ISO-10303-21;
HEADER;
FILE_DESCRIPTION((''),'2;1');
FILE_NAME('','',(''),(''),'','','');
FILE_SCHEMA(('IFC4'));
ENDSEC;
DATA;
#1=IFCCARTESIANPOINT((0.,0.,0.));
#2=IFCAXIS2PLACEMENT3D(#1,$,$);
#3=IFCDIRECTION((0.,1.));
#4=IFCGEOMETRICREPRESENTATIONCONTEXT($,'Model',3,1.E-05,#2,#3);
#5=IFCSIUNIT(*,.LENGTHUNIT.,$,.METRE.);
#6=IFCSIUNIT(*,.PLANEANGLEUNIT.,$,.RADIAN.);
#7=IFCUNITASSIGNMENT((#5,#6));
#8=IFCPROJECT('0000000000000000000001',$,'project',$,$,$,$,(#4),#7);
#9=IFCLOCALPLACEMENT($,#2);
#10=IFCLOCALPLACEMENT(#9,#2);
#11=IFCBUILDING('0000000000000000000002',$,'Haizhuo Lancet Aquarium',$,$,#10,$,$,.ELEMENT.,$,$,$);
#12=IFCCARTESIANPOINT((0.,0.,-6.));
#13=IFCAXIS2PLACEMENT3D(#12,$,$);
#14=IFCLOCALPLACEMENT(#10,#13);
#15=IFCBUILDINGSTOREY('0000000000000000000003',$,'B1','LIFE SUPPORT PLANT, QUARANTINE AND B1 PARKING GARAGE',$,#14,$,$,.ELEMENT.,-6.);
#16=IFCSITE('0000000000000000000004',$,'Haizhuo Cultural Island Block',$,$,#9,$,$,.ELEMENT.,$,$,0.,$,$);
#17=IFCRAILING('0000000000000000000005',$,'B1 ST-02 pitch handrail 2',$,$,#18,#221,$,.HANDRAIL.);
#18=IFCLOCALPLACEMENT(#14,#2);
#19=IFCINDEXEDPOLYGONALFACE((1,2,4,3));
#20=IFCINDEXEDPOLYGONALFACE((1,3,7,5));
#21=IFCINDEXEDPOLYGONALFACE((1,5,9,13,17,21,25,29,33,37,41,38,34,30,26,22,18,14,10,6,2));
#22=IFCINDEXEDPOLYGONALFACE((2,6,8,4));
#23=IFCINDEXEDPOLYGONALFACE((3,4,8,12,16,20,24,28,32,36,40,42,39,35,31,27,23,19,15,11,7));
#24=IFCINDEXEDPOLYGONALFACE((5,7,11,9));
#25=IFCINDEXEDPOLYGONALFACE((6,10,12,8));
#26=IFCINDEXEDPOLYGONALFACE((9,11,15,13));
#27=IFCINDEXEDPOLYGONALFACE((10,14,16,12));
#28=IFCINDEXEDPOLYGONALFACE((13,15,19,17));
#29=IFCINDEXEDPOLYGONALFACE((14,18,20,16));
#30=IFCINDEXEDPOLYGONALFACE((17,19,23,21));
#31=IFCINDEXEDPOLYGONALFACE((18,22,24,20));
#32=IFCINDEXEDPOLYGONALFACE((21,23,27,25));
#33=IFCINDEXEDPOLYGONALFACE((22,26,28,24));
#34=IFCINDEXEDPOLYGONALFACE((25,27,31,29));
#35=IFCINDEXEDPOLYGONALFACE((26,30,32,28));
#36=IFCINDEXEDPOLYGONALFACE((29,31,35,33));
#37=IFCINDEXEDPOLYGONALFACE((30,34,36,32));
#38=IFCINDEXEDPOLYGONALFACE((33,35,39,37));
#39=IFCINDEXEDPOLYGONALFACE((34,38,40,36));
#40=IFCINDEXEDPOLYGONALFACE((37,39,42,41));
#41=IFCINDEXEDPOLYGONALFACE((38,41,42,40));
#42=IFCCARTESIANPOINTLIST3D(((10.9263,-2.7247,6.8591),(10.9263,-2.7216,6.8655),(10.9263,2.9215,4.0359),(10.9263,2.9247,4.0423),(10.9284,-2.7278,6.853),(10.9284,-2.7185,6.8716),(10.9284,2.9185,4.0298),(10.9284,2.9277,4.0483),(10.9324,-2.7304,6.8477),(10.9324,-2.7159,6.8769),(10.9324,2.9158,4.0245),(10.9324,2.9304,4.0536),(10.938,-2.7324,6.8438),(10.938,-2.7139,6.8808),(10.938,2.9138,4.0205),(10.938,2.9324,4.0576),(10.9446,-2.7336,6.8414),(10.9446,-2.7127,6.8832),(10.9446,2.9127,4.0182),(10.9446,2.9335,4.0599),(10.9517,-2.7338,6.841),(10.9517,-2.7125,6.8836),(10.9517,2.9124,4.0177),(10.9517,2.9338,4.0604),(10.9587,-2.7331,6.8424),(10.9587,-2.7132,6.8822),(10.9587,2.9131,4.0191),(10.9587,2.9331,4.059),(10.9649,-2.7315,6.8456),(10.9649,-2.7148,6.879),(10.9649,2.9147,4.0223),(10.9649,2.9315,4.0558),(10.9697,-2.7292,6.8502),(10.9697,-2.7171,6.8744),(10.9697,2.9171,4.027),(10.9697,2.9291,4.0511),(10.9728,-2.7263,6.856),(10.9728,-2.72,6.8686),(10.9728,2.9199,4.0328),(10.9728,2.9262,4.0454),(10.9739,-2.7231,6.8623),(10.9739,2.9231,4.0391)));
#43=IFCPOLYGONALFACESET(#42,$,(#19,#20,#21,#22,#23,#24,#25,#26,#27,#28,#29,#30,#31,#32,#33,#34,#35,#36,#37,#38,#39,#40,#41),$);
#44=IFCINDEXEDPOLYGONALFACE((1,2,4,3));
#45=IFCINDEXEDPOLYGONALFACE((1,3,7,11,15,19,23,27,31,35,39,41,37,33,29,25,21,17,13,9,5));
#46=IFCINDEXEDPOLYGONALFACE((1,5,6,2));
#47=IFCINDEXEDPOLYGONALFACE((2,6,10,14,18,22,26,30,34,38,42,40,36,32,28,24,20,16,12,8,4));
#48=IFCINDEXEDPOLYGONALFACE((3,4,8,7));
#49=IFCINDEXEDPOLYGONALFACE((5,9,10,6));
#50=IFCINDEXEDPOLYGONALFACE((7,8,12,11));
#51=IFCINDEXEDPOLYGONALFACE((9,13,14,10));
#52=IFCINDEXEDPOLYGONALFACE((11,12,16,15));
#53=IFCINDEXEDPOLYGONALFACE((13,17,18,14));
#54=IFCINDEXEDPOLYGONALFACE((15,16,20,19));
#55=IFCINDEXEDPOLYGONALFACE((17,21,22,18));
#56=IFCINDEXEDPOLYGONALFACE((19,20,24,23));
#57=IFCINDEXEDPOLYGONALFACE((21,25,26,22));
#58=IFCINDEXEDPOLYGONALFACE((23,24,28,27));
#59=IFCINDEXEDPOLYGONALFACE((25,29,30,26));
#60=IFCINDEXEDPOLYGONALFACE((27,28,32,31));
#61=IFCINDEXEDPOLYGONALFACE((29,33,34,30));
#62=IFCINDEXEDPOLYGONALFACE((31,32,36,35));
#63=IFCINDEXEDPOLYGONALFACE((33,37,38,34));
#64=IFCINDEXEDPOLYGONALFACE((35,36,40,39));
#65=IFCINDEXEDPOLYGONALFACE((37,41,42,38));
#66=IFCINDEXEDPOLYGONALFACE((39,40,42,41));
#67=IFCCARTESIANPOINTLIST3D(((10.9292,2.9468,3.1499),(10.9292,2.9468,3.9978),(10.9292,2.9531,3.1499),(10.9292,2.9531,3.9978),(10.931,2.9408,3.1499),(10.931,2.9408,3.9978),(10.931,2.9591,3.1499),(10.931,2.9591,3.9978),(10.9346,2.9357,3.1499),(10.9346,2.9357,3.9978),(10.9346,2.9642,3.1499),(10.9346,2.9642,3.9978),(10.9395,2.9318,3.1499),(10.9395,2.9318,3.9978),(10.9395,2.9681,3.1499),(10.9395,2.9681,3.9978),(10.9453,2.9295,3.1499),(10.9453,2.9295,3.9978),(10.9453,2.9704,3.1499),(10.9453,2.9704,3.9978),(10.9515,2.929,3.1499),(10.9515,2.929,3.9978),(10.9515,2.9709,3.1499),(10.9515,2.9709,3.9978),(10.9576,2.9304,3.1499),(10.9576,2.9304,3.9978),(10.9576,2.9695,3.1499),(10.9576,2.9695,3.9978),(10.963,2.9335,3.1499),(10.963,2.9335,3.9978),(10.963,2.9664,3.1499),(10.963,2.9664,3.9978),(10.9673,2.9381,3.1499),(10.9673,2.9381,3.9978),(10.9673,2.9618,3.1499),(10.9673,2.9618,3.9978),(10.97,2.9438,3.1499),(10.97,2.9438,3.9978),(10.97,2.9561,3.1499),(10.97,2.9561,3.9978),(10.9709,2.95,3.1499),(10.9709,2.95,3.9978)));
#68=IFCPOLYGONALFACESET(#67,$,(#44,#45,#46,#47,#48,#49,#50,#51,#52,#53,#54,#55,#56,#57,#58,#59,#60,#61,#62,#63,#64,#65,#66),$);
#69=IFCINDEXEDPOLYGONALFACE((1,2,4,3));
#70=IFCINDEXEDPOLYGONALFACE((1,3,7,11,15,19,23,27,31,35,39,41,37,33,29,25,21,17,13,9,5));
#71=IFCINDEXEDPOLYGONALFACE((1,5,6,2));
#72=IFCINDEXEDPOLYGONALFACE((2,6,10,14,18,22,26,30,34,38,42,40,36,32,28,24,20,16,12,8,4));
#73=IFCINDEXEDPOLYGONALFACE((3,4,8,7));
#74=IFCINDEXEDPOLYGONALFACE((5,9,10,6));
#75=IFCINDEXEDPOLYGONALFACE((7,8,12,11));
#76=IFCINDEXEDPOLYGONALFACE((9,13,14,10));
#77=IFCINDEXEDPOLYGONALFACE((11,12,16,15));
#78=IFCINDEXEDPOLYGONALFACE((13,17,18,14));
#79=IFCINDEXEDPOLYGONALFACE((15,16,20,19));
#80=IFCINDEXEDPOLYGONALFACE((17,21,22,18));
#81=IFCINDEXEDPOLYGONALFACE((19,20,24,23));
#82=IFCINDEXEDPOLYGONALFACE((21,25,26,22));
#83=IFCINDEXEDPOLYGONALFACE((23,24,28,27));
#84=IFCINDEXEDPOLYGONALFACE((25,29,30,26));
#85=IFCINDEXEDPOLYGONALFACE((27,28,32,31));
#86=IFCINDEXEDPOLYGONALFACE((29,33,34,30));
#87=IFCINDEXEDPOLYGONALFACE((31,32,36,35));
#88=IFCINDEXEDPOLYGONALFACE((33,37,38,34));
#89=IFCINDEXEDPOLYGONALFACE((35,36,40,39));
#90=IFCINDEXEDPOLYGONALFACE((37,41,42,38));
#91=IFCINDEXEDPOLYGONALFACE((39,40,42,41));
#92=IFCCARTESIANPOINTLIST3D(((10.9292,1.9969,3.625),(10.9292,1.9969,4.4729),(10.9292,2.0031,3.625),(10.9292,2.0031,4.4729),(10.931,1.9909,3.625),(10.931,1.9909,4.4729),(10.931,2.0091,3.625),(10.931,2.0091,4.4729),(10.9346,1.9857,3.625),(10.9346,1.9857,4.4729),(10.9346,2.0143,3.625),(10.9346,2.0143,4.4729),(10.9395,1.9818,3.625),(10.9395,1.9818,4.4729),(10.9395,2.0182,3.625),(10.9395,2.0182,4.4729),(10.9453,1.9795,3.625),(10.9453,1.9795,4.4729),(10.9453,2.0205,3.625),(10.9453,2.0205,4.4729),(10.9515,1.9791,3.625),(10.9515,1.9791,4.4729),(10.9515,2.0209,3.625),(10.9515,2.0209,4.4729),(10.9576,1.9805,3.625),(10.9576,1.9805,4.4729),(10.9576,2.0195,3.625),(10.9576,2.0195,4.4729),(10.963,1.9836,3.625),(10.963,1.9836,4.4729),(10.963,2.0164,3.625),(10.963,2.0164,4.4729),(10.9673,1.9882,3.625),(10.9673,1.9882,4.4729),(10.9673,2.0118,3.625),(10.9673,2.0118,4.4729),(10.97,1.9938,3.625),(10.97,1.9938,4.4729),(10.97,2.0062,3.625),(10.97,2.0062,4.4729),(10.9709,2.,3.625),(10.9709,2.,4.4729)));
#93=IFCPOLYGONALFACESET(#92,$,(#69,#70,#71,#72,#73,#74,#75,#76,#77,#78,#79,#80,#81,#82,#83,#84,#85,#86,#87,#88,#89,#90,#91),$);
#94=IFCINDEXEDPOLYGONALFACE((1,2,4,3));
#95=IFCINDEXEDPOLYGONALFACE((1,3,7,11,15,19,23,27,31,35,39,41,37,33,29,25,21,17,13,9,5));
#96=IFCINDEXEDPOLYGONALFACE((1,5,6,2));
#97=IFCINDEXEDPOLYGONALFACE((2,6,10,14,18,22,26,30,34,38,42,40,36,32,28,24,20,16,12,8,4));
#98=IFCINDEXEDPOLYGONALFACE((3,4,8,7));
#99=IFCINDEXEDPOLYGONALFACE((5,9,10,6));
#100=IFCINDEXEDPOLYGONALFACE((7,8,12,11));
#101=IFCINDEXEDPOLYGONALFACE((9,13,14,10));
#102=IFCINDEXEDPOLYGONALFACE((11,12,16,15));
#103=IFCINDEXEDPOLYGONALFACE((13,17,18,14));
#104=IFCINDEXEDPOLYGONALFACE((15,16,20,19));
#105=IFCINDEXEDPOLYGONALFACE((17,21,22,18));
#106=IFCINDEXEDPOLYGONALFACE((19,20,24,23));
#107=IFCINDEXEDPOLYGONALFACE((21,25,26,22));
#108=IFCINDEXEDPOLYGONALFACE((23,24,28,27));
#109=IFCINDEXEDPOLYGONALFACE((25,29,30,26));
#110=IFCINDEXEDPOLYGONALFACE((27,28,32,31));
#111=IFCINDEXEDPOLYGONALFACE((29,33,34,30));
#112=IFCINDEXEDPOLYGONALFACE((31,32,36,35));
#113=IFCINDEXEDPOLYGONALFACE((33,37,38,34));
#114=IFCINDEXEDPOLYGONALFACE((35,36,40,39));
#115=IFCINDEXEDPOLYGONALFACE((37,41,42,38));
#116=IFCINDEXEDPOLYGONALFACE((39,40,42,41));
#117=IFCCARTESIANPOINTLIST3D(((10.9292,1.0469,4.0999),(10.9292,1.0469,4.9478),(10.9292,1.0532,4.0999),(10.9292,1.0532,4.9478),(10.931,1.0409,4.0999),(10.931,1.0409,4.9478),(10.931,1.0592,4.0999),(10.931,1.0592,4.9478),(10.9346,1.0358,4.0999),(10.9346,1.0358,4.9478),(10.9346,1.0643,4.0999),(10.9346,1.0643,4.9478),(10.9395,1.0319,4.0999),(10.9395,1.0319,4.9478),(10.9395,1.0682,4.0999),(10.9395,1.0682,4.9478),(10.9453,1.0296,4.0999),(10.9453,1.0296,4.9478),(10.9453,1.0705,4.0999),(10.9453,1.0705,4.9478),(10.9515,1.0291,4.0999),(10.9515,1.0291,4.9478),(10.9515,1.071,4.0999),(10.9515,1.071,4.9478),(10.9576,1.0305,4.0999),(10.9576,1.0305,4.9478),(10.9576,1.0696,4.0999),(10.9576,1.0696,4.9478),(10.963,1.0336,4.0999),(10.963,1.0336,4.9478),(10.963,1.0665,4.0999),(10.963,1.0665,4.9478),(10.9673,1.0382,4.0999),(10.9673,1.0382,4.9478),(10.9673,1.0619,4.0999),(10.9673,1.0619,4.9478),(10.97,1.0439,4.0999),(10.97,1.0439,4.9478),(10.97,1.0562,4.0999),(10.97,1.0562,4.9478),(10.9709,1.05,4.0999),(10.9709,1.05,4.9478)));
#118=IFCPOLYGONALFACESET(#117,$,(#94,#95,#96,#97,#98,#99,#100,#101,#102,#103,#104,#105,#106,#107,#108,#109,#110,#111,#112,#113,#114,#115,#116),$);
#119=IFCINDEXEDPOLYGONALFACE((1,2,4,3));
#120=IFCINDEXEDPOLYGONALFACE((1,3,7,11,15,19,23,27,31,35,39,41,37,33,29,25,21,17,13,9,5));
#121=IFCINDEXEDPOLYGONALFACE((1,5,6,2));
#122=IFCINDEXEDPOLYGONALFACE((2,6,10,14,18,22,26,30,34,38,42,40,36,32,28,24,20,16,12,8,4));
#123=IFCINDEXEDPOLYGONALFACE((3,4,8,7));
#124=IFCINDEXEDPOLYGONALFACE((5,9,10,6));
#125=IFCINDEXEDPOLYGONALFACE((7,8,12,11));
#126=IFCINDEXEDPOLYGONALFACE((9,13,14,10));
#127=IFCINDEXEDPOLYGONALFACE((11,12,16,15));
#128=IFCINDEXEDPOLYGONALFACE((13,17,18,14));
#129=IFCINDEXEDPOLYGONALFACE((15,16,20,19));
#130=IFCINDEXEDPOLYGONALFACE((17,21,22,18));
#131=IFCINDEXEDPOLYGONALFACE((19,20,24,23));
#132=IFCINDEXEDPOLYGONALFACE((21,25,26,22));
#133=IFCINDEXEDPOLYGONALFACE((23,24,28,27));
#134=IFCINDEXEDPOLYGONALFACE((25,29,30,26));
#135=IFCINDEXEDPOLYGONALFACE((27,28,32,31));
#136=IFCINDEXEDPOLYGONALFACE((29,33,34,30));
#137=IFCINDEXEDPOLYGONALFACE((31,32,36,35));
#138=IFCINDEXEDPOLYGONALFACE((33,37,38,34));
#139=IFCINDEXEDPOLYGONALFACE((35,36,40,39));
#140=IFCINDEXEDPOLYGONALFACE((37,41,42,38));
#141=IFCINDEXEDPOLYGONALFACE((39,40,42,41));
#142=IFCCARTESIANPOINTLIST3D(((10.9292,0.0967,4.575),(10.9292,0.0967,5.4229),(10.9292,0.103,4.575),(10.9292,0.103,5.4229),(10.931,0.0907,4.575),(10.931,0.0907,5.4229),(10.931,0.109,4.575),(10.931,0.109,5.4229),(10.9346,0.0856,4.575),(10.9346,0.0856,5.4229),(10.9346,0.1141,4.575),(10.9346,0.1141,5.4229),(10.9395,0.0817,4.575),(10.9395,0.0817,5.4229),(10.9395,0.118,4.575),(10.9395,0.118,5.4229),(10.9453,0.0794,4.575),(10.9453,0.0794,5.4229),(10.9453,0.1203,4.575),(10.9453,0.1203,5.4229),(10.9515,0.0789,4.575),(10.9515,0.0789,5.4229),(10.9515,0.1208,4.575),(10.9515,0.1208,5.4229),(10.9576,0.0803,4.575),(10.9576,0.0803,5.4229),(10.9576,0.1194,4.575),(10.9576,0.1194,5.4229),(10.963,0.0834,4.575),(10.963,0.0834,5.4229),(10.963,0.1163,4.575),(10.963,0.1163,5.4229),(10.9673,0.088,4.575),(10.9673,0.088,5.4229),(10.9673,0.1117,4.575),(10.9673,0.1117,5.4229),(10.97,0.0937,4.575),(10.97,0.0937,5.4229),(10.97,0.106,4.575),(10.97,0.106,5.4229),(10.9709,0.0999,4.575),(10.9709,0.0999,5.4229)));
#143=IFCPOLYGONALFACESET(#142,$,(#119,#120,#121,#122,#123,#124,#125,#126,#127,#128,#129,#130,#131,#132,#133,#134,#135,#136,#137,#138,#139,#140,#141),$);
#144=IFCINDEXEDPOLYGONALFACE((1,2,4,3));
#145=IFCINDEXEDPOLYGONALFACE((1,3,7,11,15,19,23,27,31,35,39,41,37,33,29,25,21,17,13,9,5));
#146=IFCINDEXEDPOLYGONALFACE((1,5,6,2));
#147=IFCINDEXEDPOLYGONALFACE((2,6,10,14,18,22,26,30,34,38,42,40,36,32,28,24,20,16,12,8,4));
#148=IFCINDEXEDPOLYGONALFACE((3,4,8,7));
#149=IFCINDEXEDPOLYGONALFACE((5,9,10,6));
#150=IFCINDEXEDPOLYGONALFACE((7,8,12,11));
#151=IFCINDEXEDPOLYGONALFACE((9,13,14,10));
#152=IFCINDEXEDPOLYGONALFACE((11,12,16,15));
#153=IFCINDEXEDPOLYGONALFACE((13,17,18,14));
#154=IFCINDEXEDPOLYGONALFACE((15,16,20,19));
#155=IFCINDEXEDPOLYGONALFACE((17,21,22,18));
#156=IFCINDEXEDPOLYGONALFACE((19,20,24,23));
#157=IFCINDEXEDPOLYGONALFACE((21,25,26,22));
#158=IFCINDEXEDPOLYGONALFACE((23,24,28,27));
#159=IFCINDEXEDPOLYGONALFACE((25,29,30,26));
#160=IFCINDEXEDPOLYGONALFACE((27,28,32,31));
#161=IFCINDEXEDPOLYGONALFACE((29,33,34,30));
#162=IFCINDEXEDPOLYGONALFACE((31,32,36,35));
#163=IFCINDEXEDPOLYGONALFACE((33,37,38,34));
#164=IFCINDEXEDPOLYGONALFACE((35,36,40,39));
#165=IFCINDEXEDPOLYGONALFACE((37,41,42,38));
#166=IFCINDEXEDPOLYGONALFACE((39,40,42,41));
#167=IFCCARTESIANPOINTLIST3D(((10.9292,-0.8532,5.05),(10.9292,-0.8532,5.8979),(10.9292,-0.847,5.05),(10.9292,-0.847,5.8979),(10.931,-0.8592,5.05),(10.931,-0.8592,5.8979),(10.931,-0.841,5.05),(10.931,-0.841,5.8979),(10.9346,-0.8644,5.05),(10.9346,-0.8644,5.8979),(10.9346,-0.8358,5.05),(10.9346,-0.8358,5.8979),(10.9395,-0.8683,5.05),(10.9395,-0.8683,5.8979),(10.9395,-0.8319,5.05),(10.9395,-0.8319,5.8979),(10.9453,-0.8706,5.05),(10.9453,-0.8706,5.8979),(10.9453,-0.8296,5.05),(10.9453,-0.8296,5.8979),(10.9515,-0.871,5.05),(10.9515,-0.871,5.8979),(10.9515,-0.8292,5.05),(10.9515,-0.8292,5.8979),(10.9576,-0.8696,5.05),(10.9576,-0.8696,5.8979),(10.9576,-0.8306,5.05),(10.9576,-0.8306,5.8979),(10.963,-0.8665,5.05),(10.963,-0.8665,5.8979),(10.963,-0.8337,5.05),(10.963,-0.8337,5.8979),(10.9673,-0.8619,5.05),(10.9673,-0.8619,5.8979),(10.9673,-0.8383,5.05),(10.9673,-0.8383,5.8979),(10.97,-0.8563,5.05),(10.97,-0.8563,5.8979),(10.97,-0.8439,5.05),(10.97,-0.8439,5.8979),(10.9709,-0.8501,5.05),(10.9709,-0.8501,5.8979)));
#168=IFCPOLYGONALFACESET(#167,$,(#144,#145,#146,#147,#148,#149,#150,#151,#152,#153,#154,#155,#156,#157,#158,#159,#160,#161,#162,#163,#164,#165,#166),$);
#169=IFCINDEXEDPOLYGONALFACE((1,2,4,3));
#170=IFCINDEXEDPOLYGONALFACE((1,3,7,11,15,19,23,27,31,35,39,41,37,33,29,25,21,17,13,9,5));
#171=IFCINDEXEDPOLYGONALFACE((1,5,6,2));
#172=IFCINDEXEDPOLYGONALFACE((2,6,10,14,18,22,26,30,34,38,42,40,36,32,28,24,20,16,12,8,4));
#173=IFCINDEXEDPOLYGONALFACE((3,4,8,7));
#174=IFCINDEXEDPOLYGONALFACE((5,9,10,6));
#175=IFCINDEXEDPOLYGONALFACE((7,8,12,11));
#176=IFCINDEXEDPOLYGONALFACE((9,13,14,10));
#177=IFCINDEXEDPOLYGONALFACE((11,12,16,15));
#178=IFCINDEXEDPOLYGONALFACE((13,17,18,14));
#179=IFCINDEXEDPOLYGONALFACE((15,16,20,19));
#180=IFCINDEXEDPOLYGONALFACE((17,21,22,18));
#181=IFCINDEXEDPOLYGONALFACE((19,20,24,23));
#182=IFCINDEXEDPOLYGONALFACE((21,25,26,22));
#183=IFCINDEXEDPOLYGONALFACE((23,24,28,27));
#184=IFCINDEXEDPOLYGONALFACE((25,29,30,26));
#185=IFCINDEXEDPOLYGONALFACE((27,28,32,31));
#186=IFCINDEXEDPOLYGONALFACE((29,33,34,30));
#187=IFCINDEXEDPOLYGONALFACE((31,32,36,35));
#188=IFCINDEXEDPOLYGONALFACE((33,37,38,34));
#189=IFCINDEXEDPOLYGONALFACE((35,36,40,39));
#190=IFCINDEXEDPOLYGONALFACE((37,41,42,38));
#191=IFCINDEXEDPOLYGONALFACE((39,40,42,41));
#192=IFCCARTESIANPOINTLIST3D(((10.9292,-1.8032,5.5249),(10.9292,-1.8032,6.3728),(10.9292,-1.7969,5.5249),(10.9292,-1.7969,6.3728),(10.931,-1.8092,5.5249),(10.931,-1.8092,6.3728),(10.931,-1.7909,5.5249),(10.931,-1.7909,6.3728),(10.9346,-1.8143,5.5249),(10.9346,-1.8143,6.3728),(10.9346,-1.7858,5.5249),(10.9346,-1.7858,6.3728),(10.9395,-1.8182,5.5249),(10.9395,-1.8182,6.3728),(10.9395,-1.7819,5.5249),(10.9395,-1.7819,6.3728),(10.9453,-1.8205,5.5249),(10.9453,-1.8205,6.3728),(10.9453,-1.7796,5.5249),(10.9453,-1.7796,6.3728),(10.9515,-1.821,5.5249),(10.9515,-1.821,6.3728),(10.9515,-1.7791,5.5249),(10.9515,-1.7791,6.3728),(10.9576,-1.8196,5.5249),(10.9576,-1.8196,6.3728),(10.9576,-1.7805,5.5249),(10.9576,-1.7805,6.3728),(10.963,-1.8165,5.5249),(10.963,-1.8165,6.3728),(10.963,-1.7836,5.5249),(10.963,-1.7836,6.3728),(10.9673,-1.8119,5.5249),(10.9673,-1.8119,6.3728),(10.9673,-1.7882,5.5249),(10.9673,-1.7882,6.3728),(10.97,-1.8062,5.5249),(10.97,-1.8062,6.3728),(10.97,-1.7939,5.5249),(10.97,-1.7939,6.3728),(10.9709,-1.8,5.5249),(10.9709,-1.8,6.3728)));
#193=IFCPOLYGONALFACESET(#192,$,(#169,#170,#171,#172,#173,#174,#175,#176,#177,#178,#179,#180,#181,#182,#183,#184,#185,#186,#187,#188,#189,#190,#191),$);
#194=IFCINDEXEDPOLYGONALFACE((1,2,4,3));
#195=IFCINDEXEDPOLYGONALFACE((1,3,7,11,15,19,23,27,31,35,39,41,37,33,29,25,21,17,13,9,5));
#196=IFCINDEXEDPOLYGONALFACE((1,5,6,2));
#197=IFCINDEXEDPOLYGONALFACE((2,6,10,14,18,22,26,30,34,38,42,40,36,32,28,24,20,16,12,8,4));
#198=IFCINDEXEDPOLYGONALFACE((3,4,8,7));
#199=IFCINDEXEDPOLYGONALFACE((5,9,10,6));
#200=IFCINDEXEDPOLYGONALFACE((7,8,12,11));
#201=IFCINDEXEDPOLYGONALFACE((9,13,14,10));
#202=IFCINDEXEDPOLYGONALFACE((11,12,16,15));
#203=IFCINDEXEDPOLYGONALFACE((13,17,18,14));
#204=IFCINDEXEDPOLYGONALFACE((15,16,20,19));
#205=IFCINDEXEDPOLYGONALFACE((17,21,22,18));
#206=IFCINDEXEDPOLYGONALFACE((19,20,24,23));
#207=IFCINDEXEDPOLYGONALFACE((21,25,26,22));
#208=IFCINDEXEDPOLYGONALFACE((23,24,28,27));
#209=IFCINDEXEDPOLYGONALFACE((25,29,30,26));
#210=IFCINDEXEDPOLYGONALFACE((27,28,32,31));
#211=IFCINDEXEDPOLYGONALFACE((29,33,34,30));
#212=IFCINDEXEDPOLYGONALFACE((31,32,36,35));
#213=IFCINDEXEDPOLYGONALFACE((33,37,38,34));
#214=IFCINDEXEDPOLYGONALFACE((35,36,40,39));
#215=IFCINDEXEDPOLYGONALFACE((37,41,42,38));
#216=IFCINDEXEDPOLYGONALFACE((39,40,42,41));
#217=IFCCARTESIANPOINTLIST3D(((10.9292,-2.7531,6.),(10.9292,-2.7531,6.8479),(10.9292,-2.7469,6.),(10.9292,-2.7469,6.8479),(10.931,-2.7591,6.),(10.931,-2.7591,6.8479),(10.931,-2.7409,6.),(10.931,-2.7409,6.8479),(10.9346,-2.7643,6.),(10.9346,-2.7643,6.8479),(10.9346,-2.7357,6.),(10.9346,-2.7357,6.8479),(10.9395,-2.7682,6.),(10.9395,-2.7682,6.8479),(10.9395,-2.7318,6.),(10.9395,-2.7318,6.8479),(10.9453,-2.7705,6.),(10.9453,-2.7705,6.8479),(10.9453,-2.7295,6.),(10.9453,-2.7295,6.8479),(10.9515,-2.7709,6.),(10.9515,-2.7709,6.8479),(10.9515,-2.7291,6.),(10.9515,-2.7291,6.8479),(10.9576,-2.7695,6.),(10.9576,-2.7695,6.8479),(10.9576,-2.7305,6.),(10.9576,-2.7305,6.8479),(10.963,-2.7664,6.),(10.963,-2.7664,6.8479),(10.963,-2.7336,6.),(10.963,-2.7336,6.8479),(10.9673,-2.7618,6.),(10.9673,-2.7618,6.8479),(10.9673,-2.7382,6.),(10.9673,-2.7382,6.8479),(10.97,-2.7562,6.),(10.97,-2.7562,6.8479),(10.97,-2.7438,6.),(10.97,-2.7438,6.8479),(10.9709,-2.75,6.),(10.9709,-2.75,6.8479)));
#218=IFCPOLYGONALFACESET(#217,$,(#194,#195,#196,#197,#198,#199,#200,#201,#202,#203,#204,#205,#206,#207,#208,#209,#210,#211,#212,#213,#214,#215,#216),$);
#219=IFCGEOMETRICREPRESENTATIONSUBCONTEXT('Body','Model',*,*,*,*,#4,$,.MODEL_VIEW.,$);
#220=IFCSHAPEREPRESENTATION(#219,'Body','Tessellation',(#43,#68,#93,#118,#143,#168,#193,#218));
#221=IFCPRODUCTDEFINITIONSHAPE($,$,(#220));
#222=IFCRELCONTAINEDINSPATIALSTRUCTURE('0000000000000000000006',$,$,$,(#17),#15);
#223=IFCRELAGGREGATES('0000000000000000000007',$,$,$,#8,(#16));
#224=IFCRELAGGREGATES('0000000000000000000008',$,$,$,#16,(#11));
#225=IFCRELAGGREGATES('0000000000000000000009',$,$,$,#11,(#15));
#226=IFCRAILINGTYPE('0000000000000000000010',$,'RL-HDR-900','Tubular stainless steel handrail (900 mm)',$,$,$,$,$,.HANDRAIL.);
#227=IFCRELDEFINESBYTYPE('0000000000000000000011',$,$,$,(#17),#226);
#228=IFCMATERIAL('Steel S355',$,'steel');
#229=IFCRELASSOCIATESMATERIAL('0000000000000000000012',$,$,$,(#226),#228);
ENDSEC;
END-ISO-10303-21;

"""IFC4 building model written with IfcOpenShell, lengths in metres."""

from ifc_helpers import new_model, si_unit, direction, frame, origin, origin_2d, place, context, subcontext, project, spatial, circle, extrude, material, type_object, element, save


model = new_model("IFC4")

# Units and contexts
model_context = context("Model", 3, precision=1e-05, world=origin(), true_north=direction((0.0, 1.0)))
body_context = subcontext(model_context, "Body", "Model", "MODEL_VIEW")
ifc_project = project(units=[si_unit("LENGTHUNIT", "METRE"), si_unit("PLANEANGLEUNIT", "RADIAN")], contexts=[model_context])

# Site, building, storey
site_placement = place(None, origin())
site = spatial("IfcSite", under=ifc_project, at=site_placement, Name="Haizhuo Cultural Island Block", CompositionType="ELEMENT", RefElevation=0.0)
building_placement = place(site_placement, origin())
building = spatial("IfcBuilding", under=site, at=building_placement, Name="Haizhuo Lancet Aquarium", CompositionType="ELEMENT")
storey_placement = place(building_placement, frame((0.0, 0.0, -6.0)))
storey = spatial("IfcBuildingStorey", under=building, at=storey_placement, Name="B1", Description="LIFE SUPPORT PLANT, QUARANTINE AND B1 PARKING GARAGE", CompositionType="ELEMENT", Elevation=-6.0)

# Shared definitions
ifc_material_1 = material(Name="Steel S355", Category="steel")

# Railing
railing_type_1 = type_object("IfcRailingType", Name="RL-HDR-900", Description="Tubular stainless steel handrail (900 mm)", PredefinedType="HANDRAIL", material=ifc_material_1)
railing_1_placement = place(storey_placement, frame((10.95, 2.95, 3.1499)))
element("IfcRailing", 1, at=railing_1_placement, inside=storey, type_object=railing_type_1, Name="B1 ST-02 pitch handrail 2", PredefinedType="HANDRAIL", context=body_context, shape_type="SweptSolid", body=[
    extrude(circle(Radius=0.0239, at=origin_2d()), frame((0.0, -0.0269, 0.8892), z_axis=(0.0, -0.89442, 0.447229), x_axis=(1.0, 0.0, 0.0)), (0.0, 0.0, 1.0), 6.3127),
    extrude(circle(Radius=0.021, at=origin_2d()), origin(), (0.0, 0.0, 1.0), 0.8479),
    extrude(circle(Radius=0.021, at=origin_2d()), frame((0.0, -0.95, 0.4751)), (0.0, 0.0, 1.0), 0.8479),
    extrude(circle(Radius=0.021, at=origin_2d()), frame((0.0, -1.8999, 0.95)), (0.0, 0.0, 1.0), 0.8479),
    extrude(circle(Radius=0.021, at=origin_2d()), frame((0.0, -2.8501, 1.425)), (0.0, 0.0, 1.0), 0.8479),
    extrude(circle(Radius=0.021, at=origin_2d()), frame((0.0, -3.8, 1.9001)), (0.0, 0.0, 1.0), 0.8479),
    extrude(circle(Radius=0.021, at=origin_2d()), frame((0.0, -4.75, 2.375)), (0.0, 0.0, 1.0), 0.8479),
    extrude(circle(Radius=0.021, at=origin_2d()), frame((0.0, -5.7, 2.8501)), (0.0, 0.0, 1.0), 0.8479),
])

save(model, "model.ifc")
